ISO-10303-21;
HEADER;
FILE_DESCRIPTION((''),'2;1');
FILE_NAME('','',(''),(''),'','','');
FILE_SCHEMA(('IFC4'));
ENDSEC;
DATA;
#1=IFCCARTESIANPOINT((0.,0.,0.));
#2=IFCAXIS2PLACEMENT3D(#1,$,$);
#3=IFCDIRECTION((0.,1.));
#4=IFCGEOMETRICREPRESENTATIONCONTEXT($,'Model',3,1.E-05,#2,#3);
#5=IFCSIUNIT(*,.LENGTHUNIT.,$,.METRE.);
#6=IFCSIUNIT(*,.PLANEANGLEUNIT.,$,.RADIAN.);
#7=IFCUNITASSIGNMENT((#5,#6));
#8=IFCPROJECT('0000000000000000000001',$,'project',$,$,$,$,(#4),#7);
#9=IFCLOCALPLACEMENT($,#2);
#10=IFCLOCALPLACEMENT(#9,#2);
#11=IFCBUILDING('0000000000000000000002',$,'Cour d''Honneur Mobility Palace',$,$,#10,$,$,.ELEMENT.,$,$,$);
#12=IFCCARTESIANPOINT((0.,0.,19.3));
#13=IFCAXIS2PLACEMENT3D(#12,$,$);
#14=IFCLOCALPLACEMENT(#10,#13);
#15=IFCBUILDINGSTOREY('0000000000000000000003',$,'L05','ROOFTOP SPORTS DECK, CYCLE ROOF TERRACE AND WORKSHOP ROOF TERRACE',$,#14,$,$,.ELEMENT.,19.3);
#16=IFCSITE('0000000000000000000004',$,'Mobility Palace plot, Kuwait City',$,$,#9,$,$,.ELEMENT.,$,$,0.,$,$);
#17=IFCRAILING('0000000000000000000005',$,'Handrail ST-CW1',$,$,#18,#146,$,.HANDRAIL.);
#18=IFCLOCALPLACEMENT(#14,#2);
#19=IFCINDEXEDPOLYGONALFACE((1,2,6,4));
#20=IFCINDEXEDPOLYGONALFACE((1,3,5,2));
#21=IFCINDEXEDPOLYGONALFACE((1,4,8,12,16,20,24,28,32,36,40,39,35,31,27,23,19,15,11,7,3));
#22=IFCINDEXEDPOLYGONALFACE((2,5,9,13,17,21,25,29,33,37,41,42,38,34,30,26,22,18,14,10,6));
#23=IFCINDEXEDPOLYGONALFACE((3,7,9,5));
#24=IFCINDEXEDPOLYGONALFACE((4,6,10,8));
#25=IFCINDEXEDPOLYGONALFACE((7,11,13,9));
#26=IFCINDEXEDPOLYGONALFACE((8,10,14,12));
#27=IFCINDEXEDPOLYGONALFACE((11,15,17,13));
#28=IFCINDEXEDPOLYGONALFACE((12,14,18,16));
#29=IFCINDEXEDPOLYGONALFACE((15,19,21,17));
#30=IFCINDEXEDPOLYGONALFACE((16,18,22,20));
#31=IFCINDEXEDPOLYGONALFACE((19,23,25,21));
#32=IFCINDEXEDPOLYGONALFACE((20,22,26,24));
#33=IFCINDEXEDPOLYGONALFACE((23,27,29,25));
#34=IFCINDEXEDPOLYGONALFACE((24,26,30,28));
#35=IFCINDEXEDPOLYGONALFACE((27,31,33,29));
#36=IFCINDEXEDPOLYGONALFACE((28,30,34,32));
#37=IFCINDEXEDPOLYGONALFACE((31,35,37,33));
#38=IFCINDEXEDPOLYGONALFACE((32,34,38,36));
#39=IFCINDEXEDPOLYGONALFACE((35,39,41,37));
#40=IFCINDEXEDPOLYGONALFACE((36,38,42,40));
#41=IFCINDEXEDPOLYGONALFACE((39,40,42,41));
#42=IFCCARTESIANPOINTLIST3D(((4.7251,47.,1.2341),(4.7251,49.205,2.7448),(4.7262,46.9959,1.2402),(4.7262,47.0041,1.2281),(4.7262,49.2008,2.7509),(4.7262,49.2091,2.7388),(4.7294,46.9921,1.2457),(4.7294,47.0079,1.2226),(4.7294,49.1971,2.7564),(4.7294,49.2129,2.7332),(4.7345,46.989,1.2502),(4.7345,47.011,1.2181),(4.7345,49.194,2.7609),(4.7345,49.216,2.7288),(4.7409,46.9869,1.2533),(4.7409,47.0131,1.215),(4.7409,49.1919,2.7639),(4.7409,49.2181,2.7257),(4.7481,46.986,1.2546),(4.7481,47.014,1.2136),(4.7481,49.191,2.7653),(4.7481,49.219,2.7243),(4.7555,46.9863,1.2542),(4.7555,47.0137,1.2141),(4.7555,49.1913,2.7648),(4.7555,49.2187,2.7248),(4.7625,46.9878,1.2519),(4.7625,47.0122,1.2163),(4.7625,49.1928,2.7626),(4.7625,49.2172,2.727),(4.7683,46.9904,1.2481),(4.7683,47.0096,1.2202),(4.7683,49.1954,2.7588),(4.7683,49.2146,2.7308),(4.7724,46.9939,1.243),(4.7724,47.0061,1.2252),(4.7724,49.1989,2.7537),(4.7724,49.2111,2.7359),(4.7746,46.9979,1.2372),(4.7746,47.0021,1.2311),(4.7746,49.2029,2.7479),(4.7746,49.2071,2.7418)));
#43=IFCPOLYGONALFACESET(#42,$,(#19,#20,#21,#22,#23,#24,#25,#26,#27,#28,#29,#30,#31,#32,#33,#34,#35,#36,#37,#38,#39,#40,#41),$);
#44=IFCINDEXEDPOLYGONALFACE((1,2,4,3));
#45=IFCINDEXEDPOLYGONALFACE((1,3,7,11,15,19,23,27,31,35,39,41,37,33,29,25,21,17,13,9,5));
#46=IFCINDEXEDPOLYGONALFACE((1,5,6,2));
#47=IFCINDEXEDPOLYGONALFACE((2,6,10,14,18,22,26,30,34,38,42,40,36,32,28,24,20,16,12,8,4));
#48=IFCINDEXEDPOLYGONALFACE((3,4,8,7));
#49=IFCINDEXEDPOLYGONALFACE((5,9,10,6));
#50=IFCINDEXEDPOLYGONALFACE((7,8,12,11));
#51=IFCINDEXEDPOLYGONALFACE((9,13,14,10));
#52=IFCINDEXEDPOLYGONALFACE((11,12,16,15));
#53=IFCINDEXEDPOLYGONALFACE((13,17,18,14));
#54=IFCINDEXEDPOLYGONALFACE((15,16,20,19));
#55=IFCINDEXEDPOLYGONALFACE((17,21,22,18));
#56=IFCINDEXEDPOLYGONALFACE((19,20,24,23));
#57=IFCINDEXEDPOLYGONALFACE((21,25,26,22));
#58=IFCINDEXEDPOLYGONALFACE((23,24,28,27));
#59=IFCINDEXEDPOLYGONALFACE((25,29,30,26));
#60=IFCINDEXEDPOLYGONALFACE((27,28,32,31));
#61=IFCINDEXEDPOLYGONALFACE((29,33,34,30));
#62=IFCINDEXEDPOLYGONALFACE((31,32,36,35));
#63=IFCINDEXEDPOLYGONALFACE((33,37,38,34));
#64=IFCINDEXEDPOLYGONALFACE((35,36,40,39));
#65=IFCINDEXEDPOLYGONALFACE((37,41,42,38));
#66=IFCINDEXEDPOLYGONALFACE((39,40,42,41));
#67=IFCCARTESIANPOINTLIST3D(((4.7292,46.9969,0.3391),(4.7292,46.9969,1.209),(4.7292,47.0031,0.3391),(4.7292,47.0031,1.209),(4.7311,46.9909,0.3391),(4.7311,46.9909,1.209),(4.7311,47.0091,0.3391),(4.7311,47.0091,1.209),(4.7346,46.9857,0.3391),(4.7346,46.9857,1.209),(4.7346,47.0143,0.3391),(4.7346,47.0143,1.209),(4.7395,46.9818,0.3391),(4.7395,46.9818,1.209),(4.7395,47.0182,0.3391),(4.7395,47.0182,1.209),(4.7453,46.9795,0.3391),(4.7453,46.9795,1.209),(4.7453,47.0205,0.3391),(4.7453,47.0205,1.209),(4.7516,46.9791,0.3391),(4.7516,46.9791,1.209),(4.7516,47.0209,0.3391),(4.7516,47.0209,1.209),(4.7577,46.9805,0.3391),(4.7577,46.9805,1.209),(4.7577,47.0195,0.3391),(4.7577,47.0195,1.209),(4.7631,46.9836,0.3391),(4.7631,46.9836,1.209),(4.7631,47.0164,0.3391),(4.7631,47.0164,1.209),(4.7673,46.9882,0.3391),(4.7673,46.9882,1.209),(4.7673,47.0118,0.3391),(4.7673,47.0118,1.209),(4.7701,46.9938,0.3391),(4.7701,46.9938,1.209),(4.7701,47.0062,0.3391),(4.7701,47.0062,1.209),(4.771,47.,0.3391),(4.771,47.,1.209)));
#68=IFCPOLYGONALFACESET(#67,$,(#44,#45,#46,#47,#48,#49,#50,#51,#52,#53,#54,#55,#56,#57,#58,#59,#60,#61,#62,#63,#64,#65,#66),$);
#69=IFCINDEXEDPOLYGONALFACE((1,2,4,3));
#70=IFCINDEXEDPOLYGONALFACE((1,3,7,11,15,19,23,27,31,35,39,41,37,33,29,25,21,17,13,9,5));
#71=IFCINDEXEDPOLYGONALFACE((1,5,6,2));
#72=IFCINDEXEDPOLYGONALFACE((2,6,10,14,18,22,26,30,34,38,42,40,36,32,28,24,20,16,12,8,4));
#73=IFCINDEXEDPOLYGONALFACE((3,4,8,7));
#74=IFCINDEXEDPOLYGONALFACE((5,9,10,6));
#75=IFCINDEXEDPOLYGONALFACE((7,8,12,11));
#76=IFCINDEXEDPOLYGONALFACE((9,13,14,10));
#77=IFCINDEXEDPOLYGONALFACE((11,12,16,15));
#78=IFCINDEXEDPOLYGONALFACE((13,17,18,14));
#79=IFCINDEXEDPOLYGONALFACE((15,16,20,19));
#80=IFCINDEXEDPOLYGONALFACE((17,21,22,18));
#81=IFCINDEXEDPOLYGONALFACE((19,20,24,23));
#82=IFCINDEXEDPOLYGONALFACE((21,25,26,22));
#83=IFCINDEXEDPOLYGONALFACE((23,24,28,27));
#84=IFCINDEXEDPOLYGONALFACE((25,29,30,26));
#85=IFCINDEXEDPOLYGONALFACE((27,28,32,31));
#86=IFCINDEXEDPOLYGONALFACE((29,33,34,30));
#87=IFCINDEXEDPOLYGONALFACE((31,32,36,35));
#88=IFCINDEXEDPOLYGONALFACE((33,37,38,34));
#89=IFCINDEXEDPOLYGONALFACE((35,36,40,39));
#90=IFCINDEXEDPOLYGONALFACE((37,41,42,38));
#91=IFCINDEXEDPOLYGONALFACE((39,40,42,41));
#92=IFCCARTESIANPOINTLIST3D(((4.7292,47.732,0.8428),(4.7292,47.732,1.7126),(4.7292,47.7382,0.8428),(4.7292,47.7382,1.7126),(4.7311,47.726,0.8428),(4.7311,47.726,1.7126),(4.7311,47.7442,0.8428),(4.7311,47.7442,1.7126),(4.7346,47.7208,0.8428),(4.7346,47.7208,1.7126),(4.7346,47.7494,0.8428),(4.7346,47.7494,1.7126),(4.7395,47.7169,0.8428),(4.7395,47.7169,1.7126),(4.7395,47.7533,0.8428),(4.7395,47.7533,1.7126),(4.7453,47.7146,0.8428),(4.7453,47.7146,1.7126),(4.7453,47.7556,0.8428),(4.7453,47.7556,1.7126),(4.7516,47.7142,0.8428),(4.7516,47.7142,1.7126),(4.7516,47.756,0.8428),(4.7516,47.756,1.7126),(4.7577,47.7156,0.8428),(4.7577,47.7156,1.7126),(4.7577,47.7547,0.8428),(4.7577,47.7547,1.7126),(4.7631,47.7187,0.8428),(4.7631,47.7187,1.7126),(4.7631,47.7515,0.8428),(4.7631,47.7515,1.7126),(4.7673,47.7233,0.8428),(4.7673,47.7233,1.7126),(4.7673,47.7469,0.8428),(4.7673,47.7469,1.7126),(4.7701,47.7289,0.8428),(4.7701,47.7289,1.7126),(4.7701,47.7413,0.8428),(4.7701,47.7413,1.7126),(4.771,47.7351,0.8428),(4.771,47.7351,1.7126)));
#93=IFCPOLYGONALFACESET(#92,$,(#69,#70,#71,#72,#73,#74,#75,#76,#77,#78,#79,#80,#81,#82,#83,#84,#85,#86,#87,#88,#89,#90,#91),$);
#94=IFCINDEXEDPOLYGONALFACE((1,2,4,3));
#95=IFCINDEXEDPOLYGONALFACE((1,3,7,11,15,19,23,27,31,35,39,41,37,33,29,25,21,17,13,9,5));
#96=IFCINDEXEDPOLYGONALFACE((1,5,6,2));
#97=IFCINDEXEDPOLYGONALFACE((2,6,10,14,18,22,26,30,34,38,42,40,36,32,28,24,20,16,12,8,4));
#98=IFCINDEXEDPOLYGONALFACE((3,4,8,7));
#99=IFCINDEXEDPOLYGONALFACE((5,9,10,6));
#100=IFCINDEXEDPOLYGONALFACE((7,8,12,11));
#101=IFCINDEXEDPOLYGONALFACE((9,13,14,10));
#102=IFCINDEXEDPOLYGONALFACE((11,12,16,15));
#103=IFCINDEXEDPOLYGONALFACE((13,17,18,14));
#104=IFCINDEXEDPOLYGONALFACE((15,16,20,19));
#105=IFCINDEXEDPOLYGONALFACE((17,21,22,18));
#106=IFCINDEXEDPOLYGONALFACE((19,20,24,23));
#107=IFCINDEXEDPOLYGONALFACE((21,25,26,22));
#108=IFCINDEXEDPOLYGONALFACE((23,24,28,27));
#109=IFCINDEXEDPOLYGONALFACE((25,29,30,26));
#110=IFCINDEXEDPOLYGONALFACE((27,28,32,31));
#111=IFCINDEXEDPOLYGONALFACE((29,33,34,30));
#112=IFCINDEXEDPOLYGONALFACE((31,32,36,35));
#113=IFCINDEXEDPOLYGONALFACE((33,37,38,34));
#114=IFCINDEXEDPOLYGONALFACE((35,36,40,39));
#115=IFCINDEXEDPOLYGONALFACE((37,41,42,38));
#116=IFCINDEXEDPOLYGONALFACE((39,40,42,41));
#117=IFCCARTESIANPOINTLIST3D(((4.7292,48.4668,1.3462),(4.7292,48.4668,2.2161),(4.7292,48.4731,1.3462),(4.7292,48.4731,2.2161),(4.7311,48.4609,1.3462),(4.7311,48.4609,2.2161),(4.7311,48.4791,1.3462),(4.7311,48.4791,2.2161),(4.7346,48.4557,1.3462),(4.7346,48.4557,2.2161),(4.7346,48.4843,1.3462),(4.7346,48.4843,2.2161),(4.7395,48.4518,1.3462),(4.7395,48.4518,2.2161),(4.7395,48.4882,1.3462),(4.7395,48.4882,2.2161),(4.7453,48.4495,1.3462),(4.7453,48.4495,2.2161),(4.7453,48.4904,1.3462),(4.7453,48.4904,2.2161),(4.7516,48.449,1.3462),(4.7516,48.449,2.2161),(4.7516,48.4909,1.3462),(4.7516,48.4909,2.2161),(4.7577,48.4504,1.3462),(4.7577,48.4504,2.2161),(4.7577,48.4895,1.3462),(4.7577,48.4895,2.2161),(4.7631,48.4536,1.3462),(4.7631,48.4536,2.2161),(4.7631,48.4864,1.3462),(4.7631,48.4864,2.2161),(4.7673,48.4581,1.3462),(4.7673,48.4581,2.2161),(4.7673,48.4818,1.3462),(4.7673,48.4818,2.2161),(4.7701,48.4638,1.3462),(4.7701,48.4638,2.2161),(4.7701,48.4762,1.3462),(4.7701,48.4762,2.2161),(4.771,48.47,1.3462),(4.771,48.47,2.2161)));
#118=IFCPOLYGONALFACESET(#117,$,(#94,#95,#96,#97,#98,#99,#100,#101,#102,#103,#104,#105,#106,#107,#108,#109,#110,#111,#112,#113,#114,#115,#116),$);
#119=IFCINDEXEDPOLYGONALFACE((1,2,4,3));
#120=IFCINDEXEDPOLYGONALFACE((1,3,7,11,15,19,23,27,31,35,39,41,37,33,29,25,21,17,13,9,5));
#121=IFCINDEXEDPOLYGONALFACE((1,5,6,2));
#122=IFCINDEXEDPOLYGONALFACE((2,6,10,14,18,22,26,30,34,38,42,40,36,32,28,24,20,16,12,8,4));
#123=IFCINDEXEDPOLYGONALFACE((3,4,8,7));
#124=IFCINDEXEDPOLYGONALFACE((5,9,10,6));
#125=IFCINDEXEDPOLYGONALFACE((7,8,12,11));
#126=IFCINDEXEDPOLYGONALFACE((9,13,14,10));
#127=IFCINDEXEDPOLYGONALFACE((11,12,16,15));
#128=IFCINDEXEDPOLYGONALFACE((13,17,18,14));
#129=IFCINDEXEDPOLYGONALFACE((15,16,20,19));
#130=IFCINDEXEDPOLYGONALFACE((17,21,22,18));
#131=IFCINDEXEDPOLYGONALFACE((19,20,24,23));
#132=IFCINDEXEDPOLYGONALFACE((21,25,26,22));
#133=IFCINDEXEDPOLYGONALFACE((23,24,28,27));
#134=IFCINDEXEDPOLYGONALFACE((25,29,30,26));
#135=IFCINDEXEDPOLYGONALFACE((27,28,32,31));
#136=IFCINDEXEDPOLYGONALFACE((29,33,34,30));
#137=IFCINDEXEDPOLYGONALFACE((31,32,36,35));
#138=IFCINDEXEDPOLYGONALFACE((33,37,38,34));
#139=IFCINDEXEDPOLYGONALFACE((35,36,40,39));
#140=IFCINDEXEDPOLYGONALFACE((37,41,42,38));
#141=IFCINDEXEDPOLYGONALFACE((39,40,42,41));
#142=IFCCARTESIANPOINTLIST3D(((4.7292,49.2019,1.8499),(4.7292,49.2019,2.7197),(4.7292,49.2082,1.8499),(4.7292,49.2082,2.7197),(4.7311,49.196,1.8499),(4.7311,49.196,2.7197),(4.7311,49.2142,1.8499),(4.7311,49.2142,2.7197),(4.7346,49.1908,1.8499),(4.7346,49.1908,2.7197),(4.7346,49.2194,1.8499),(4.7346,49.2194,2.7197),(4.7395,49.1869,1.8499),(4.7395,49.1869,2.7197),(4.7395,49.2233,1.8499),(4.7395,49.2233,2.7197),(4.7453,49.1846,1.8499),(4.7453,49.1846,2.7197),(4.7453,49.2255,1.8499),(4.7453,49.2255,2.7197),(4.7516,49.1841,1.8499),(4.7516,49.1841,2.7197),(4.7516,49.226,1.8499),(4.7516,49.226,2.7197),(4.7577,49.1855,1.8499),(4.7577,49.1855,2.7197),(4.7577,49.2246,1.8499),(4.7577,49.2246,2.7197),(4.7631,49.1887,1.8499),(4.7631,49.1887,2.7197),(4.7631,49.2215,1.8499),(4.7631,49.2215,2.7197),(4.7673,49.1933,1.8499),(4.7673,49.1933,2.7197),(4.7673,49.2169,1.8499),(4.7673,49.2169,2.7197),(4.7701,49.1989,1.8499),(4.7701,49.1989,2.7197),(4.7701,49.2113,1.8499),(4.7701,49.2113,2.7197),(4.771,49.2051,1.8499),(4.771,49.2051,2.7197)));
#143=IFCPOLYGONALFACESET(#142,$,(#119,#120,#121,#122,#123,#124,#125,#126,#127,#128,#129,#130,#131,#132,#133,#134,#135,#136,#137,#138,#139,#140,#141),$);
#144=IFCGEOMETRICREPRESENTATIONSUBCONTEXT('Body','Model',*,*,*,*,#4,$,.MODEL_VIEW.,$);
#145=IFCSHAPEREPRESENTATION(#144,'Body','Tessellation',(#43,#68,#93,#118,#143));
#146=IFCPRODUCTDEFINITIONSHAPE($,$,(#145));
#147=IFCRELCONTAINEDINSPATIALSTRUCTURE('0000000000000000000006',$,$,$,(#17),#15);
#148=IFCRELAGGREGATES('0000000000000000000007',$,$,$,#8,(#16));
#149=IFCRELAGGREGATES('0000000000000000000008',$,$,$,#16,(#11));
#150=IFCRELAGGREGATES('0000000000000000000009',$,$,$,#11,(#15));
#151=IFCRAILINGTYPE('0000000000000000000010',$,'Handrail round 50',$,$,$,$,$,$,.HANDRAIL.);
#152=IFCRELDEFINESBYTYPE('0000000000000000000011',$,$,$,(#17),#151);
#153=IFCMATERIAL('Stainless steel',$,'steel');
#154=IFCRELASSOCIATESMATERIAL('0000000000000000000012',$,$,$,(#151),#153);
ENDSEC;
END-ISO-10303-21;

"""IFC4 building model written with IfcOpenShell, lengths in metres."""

from ifc_helpers import new_model, si_unit, direction, frame, origin, origin_2d, place, context, subcontext, project, spatial, circle, extrude, material, type_object, element, save


model = new_model("IFC4")

# Units and contexts
model_context = context("Model", 3, precision=1e-05, world=origin(), true_north=direction((0.0, 1.0)))
body_context = subcontext(model_context, "Body", "Model", "MODEL_VIEW")
ifc_project = project(units=[si_unit("LENGTHUNIT", "METRE"), si_unit("PLANEANGLEUNIT", "RADIAN")], contexts=[model_context])

# Site, building, storey
site_placement = place(None, origin())
site = spatial("IfcSite", under=ifc_project, at=site_placement, Name="Mobility Palace plot, Kuwait City", CompositionType="ELEMENT", RefElevation=0.0)
building_placement = place(site_placement, origin())
building = spatial("IfcBuilding", under=site, at=building_placement, Name="Cour d'Honneur Mobility Palace", CompositionType="ELEMENT")
storey_placement = place(building_placement, frame((0.0, 0.0, 19.3)))
storey = spatial("IfcBuildingStorey", under=building, at=storey_placement, Name="L05", Description="ROOFTOP SPORTS DECK, CYCLE ROOF TERRACE AND WORKSHOP ROOF TERRACE", CompositionType="ELEMENT", Elevation=19.3)

# Railing
ifc_material_1 = material(Name="Stainless steel", Category="steel")
railing_type_1 = type_object("IfcRailingType", Name="Handrail round 50", PredefinedType="HANDRAIL", material=ifc_material_1)
railing_1_placement = place(storey_placement, frame((4.75, 47.0, 0.3391)))
element("IfcRailing", 1, at=railing_1_placement, inside=storey, type_object=railing_type_1, Name="Handrail ST-CW1", PredefinedType="HANDRAIL", context=body_context, shape_type="SweptSolid", body=[
    extrude(circle(Radius=0.0249, at=origin_2d()), frame((0.0, 0.0, 0.895), z_axis=(0.0, 0.824958, 0.565195), x_axis=(-1.0, 0.0, 0.0)), (0.0, 0.0, 1.0), 2.6729),
    extrude(circle(Radius=0.021, at=origin_2d()), origin(), (0.0, 0.0, 1.0), 0.8699),
    extrude(circle(Radius=0.021, at=origin_2d()), frame((0.0, 0.7351, 0.5037)), (0.0, 0.0, 1.0), 0.8699),
    extrude(circle(Radius=0.021, at=origin_2d()), frame((0.0, 1.47, 1.0071)), (0.0, 0.0, 1.0), 0.8699),
    extrude(circle(Radius=0.021, at=origin_2d()), frame((0.0, 2.2051, 1.5107)), (0.0, 0.0, 1.0), 0.8699),
])

save(model, "model.ifc")
